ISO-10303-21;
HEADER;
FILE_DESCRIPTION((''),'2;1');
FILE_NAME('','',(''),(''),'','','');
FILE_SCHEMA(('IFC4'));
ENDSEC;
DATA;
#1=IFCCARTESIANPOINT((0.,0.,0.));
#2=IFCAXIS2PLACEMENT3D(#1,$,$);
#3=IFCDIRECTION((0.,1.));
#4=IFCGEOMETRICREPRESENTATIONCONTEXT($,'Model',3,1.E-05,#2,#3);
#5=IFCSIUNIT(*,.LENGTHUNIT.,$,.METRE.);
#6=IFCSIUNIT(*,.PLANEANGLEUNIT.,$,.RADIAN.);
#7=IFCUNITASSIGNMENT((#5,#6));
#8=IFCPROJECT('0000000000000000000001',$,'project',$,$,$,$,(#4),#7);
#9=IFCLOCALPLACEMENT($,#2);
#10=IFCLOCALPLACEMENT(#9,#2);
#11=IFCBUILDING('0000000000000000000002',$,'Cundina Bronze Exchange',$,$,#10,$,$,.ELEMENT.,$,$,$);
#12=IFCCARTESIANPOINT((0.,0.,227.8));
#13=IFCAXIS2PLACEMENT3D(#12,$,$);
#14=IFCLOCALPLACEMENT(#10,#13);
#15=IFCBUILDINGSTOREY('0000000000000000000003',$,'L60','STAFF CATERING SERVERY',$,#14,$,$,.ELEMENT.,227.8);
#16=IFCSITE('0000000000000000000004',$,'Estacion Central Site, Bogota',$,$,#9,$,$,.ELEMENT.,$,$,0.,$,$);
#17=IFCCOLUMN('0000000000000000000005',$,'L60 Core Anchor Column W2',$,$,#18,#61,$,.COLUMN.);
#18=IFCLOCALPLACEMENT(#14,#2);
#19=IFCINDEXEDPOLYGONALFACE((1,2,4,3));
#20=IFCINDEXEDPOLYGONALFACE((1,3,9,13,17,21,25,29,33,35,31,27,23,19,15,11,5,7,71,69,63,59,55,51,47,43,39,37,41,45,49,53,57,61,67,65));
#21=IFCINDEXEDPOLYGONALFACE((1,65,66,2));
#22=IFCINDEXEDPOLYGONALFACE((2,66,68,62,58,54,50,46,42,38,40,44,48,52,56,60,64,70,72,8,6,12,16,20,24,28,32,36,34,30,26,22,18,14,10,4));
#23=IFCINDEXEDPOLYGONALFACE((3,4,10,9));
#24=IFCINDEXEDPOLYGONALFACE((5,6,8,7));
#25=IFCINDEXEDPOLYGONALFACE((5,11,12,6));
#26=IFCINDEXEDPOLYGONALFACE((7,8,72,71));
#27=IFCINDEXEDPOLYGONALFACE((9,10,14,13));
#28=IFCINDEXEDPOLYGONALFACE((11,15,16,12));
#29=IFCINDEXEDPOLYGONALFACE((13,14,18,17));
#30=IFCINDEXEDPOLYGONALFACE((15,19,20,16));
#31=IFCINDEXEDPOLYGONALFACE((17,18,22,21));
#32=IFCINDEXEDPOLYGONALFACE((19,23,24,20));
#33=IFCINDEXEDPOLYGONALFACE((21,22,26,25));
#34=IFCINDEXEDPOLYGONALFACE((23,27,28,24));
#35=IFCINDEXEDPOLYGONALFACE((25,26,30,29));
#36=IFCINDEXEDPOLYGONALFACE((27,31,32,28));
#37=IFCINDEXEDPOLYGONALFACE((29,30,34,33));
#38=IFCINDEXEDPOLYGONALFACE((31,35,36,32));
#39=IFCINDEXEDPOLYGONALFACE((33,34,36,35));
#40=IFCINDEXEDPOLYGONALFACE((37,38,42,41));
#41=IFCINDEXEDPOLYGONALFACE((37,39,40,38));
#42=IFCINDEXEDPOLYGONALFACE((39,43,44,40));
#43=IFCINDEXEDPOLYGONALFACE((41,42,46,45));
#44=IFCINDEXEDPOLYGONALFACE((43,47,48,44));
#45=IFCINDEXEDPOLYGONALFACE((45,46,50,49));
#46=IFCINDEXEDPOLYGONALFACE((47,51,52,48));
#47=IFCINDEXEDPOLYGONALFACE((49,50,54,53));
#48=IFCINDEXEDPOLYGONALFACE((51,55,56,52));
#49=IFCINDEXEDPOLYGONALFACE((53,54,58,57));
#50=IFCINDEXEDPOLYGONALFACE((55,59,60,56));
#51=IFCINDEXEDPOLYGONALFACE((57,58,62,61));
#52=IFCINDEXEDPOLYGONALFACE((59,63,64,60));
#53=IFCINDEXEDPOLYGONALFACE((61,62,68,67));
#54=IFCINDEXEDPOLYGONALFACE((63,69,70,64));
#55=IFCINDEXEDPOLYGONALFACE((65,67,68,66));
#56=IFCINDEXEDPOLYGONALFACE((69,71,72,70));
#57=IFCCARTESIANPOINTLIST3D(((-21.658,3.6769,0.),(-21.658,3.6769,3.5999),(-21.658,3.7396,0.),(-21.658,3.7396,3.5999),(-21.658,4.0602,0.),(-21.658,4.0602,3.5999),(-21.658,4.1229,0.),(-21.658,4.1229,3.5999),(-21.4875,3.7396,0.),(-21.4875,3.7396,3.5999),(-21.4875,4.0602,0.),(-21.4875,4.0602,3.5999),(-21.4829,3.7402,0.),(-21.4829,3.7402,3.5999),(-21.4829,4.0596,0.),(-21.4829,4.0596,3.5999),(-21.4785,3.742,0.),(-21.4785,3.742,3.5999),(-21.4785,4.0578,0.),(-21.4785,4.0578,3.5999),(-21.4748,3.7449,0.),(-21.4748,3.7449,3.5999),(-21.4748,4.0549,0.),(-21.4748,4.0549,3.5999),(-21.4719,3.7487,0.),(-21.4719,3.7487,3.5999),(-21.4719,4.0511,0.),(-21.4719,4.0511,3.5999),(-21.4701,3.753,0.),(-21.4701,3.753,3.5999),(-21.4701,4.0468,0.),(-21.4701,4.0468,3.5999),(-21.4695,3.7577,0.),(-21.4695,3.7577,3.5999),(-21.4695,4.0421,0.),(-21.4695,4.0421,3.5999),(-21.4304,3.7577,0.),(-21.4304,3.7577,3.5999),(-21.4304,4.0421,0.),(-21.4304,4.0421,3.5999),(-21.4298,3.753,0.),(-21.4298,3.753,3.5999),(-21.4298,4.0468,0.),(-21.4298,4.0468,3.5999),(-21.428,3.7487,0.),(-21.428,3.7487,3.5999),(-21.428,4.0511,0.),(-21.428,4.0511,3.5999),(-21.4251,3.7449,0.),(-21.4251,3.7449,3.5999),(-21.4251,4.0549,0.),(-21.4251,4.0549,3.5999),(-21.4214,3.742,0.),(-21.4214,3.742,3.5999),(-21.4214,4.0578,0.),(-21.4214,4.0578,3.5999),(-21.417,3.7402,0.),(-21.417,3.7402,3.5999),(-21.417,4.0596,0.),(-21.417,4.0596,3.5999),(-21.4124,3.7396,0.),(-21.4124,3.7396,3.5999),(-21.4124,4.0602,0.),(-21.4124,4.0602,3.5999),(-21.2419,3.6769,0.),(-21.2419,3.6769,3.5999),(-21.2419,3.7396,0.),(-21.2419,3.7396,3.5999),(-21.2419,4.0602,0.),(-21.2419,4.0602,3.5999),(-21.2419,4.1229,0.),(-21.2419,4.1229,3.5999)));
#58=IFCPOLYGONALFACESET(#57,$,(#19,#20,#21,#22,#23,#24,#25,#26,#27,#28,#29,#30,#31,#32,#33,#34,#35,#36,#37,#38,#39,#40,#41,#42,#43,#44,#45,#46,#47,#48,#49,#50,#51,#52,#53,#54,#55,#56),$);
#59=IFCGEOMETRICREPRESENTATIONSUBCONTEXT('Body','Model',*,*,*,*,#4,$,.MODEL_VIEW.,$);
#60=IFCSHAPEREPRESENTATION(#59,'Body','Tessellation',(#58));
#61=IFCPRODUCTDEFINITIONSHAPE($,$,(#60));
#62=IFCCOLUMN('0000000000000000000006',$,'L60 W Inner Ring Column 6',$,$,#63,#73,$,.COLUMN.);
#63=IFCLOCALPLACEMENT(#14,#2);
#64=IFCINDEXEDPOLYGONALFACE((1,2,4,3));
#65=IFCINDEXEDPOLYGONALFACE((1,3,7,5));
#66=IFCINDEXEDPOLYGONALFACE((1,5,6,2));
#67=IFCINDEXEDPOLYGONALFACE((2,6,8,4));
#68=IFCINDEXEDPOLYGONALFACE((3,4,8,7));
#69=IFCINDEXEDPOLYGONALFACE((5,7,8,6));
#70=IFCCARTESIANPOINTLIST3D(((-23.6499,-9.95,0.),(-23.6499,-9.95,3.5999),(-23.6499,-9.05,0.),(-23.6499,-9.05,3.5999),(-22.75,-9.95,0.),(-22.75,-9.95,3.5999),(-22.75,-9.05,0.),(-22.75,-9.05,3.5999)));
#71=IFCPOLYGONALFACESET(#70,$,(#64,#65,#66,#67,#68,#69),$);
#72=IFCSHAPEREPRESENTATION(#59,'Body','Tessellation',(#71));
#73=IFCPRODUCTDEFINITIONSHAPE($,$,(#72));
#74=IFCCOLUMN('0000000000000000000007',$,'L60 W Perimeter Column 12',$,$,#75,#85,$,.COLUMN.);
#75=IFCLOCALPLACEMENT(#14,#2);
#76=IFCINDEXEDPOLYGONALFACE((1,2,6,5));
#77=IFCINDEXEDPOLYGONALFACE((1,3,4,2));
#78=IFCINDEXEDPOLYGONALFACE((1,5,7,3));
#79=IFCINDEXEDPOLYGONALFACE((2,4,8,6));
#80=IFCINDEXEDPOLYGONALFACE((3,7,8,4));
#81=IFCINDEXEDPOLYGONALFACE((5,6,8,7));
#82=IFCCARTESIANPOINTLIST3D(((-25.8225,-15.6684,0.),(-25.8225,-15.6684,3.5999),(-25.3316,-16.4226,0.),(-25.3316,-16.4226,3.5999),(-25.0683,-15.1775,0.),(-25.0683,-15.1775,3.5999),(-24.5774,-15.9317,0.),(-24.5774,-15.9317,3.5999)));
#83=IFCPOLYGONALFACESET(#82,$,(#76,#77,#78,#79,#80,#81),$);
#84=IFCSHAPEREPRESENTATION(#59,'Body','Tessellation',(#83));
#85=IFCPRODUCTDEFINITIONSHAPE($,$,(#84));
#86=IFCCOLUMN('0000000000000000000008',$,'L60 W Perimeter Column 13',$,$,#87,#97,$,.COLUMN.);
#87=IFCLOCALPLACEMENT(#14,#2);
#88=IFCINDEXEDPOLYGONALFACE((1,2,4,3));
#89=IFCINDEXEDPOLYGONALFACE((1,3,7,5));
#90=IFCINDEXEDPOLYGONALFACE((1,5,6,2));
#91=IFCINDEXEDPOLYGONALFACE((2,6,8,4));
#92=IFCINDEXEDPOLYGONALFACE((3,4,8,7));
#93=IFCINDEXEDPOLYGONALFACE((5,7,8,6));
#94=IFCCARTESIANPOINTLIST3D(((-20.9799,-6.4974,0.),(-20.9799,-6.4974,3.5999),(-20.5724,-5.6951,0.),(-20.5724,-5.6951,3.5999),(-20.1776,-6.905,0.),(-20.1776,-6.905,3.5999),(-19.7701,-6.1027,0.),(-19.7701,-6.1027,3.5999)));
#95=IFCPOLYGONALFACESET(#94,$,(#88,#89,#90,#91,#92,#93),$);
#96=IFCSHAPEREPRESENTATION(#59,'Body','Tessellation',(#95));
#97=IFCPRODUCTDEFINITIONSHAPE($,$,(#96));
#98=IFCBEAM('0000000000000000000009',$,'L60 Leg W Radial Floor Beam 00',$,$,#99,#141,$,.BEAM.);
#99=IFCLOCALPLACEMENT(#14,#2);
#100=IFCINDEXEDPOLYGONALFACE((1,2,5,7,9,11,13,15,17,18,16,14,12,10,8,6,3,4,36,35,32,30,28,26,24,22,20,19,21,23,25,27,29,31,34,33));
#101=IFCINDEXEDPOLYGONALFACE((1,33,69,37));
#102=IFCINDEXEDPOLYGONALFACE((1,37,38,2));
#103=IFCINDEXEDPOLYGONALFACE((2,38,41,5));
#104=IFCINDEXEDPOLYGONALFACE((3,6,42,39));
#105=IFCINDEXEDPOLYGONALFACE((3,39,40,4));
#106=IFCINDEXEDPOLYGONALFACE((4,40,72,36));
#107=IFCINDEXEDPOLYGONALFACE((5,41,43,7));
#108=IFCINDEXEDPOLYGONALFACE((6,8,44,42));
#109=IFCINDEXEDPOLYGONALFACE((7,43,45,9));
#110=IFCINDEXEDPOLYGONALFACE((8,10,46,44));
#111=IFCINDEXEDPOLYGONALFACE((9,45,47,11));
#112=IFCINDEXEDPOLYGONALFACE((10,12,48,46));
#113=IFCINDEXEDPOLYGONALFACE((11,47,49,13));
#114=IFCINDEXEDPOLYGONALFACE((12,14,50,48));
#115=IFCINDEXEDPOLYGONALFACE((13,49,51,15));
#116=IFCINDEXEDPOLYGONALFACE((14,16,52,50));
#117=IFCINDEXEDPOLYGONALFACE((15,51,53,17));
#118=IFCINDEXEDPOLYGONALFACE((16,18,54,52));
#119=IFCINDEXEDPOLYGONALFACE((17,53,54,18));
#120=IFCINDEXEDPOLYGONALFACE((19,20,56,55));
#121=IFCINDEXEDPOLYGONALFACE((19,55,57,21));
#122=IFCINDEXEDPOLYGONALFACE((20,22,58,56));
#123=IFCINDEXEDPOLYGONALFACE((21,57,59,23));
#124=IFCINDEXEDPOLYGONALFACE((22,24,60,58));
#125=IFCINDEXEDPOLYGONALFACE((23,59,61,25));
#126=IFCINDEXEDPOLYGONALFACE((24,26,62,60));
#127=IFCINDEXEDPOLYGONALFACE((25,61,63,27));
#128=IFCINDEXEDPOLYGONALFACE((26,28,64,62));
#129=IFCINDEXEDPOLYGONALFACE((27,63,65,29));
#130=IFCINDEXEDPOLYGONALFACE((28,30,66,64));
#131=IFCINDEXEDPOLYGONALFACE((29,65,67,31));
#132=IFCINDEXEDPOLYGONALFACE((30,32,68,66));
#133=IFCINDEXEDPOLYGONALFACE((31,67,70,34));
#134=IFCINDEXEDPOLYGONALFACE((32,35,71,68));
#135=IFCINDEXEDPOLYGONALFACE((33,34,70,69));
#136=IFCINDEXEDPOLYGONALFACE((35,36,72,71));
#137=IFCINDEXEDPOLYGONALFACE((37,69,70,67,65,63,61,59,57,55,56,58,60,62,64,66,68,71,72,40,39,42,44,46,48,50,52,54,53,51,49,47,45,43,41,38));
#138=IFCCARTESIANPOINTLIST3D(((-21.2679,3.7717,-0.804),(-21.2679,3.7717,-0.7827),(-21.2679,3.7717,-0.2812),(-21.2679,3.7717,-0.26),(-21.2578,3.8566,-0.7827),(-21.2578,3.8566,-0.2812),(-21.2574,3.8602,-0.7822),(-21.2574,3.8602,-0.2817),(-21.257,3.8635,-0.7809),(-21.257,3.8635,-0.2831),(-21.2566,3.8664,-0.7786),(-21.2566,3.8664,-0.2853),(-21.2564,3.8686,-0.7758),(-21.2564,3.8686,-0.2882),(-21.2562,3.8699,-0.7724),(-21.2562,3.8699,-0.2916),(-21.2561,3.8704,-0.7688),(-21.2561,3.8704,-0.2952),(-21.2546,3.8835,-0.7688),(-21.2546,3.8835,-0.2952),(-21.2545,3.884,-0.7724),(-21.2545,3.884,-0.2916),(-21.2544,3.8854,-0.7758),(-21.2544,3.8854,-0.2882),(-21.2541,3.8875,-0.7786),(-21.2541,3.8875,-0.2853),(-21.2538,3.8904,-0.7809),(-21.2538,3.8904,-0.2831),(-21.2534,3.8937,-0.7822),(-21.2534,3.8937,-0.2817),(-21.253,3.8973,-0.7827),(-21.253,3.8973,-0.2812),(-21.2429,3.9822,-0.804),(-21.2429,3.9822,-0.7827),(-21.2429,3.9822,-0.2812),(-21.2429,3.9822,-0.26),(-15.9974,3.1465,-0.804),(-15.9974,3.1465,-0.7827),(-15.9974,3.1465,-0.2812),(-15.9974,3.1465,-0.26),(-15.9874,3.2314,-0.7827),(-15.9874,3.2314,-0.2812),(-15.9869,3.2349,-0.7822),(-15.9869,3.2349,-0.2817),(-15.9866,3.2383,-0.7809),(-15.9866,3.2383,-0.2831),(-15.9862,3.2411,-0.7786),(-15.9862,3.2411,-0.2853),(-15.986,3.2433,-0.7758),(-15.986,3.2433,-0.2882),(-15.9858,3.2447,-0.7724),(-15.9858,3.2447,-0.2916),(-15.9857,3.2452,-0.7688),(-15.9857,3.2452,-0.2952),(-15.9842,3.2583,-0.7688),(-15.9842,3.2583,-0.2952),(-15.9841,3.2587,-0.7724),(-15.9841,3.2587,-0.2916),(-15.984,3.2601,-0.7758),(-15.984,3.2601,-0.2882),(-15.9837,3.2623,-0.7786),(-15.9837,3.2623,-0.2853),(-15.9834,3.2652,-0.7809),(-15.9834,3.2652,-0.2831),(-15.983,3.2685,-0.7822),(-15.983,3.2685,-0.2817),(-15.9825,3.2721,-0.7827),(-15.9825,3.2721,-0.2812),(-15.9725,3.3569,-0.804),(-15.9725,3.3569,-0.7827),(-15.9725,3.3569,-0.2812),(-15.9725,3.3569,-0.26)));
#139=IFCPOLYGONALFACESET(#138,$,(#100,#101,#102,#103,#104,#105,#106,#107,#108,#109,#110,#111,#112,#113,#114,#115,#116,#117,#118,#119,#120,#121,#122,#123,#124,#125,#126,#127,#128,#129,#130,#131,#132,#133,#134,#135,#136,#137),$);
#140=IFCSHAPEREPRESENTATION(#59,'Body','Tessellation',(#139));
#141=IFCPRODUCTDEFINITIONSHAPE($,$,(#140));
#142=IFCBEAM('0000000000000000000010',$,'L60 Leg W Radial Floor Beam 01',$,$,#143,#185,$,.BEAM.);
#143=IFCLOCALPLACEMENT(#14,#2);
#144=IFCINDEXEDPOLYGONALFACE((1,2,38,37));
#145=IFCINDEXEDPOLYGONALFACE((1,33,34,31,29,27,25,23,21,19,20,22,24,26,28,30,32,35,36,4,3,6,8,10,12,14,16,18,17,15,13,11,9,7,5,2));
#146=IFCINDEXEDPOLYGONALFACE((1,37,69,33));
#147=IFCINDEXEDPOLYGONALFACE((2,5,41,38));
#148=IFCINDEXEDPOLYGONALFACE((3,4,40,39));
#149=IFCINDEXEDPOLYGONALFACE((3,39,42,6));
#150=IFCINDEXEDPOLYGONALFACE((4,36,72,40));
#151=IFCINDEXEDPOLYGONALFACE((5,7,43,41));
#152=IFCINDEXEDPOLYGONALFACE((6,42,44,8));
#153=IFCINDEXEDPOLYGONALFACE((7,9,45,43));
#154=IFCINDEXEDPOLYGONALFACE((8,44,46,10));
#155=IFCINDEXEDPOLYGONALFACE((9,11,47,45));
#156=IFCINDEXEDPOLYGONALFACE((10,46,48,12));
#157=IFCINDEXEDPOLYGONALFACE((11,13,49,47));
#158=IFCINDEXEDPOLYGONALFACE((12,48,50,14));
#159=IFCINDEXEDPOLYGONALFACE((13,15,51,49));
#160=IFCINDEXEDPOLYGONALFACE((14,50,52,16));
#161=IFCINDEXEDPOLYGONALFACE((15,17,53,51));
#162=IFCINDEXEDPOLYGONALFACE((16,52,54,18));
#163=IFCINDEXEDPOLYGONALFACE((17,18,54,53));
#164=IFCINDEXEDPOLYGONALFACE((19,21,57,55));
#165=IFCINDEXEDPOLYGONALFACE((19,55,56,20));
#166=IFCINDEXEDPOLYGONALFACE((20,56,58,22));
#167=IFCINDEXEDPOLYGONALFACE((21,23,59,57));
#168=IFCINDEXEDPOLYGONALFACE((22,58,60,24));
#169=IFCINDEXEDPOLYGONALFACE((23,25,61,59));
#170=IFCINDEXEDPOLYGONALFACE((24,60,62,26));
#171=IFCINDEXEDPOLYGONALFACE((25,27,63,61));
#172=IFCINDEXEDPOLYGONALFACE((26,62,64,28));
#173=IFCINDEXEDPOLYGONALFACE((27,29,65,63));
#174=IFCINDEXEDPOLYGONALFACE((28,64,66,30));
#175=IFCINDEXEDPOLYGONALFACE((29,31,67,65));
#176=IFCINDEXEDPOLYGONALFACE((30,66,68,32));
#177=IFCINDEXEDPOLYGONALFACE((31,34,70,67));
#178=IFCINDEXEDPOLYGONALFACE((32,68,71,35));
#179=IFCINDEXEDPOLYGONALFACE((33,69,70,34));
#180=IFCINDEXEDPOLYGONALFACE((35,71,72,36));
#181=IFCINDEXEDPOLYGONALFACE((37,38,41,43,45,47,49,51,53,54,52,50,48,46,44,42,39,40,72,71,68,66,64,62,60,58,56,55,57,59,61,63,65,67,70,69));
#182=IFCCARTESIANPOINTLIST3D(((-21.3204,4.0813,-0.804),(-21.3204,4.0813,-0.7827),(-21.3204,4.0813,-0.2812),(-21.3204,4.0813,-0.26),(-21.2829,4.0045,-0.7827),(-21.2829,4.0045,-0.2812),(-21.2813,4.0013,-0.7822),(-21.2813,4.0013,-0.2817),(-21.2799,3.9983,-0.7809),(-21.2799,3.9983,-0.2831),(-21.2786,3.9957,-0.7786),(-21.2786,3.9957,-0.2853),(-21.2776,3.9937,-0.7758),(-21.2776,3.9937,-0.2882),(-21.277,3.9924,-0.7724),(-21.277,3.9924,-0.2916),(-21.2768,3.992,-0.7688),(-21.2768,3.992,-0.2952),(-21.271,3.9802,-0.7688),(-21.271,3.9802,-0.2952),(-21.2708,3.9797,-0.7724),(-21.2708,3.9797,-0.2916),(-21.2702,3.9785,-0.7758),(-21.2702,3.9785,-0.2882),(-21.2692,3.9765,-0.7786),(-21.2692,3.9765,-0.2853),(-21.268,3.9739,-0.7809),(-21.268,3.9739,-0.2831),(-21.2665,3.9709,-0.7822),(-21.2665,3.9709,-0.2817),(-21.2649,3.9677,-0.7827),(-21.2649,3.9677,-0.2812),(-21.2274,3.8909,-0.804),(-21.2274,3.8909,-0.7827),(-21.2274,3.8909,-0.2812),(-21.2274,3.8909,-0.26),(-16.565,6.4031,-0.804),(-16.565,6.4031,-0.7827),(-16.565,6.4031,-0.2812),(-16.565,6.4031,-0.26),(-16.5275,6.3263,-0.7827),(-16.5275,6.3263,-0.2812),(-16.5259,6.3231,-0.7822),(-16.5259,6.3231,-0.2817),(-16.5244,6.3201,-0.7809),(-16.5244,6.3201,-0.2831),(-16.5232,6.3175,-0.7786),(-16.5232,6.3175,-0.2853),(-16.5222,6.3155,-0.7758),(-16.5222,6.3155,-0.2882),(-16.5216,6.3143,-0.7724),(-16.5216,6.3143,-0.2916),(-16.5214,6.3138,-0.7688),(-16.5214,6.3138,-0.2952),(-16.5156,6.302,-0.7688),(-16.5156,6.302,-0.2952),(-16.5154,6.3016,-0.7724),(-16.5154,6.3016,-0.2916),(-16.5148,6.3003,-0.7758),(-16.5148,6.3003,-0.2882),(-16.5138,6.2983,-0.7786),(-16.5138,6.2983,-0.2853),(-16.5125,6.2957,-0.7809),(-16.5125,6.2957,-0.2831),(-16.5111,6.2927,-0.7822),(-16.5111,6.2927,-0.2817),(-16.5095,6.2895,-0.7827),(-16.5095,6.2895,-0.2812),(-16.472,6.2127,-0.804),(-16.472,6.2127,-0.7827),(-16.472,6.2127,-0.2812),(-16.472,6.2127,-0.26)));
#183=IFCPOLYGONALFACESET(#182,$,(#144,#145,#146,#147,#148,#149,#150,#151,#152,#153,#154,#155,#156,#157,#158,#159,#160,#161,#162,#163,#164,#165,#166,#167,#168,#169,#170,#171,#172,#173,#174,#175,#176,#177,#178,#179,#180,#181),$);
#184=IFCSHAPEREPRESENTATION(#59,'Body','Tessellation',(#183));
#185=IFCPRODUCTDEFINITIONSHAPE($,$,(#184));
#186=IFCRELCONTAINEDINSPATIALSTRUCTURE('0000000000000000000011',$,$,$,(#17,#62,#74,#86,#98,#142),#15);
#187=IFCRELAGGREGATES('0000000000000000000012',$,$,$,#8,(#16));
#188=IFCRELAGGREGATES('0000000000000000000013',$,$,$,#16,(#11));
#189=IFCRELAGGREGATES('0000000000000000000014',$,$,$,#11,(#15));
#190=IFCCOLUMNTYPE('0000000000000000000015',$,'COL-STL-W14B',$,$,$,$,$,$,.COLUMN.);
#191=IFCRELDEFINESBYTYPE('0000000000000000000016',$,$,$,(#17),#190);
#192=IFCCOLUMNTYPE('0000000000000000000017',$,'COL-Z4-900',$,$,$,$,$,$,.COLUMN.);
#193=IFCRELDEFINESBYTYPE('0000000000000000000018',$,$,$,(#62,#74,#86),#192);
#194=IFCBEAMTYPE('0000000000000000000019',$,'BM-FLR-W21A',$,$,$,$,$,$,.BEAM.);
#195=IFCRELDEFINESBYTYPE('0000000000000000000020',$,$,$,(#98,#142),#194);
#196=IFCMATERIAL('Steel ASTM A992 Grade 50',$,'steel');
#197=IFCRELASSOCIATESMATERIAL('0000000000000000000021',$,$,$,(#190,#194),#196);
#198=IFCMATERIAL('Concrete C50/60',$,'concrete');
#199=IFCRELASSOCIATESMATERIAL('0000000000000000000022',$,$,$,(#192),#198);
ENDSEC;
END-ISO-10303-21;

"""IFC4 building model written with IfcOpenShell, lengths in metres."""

from ifc_helpers import new_model, si_unit, direction, frame, origin, origin_2d, place, context, subcontext, project, spatial, rectangle, i_section, extrude, material, material_profile, profile_set, type_object, element, save


model = new_model("IFC4")

# Units and contexts
model_context = context("Model", 3, precision=1e-05, world=origin(), true_north=direction((0.0, 1.0)))
body_context = subcontext(model_context, "Body", "Model", "MODEL_VIEW")
ifc_project = project(units=[si_unit("LENGTHUNIT", "METRE"), si_unit("PLANEANGLEUNIT", "RADIAN")], contexts=[model_context])

# Site, building, storey
site_placement = place(None, origin())
site = spatial("IfcSite", under=ifc_project, at=site_placement, Name="Estacion Central Site, Bogota", CompositionType="ELEMENT", RefElevation=0.0)
building_placement = place(site_placement, origin())
building = spatial("IfcBuilding", under=site, at=building_placement, Name="Cundina Bronze Exchange", CompositionType="ELEMENT")
storey_placement = place(building_placement, frame((0.0, 0.0, 227.8)))
storey = spatial("IfcBuildingStorey", under=building, at=storey_placement, Name="L60", Description="STAFF CATERING SERVERY", CompositionType="ELEMENT", Elevation=227.8)

# Columns
ifc_material_1 = material(Name="Steel ASTM A992 Grade 50", Category="steel")
ifc_material_profile_1 = material_profile(ifc_material_1, i_section(OverallWidth=0.416, OverallDepth=0.446, WebThickness=0.0391, FlangeThickness=0.0627, FilletRadius=0.0181, at=origin_2d()), Name="W14X342", Category="steel")
ifc_profile_set_1 = profile_set([ifc_material_profile_1], Name="Steel ASTM A992 Grade 50")
column_type_1 = type_object("IfcColumnType", Name="COL-STL-W14B", PredefinedType="COLUMN", material=ifc_profile_set_1)
column_placement = place(storey_placement, frame((-21.45, 3.8999, 0.0), z_axis=(0.0, 0.0, 1.0), x_axis=(1.0, 0.0, 0.0)))
element("IfcColumn", 1, at=column_placement, inside=storey, type_object=column_type_1, Name="L60 Core Anchor Column W2", PredefinedType="COLUMN", context=body_context, shape_type="SweptSolid", body=[
    extrude(i_section(OverallWidth=0.416, OverallDepth=0.446, WebThickness=0.0391, FlangeThickness=0.0627, FilletRadius=0.0181, at=origin_2d()), origin(), (0.0, 0.0, 1.0), 3.5999),
])
ifc_material_2 = material(Name="Concrete C50/60", Category="concrete")
ifc_material_profile_2 = material_profile(ifc_material_2, rectangle(XDim=0.8999, YDim=0.8999, at=origin_2d()), Name="RC900X900", Category="concrete")
ifc_profile_set_2 = profile_set([ifc_material_profile_2], Name="Concrete C50/60")
column_type_2 = type_object("IfcColumnType", Name="COL-Z4-900", PredefinedType="COLUMN", material=ifc_profile_set_2)
for number, where, z_axis, x_axis, name in (
    (2, (-23.2, -9.5, 0.0), (0.0, 0.0, 1.0), (1.0, 0.0, 0.0), "L60 W Inner Ring Column 6"),
    (3, (-25.2, -15.8, 0.0), (0.0, 0.0, 1.0), (0.8381, 0.545517, 0.0), "L60 W Perimeter Column 12"),
    (4, (-20.375, -6.3, 0.0), (0.0, 0.0, 1.0), (0.452902, 0.891561, 0.0), "L60 W Perimeter Column 13"),
):
    element("IfcColumn", number, at=place(storey_placement, frame(where, z_axis=z_axis, x_axis=x_axis)), inside=storey, type_object=column_type_2, Name=name, PredefinedType="COLUMN", context=body_context, shape_type="SweptSolid", body=[
        extrude(rectangle(XDim=0.8999, YDim=0.8999, at=origin_2d()), origin(), (0.0, 0.0, 1.0), 3.5999),
    ])

# Beams
ifc_material_profile_3 = material_profile(ifc_material_1, i_section(OverallWidth=0.2119, OverallDepth=0.5439, WebThickness=0.0132, FlangeThickness=0.0212, FilletRadius=0.0139, at=origin_2d()), Name="W21X83", Category="steel")
ifc_profile_set_3 = profile_set([ifc_material_profile_3], Name="Steel ASTM A992 Grade 50")
beam_type_1 = type_object("IfcBeamType", Name="BM-FLR-W21A", PredefinedType="BEAM", material=ifc_profile_set_3)
beam_1_placement = place(storey_placement, frame((-21.2554, 3.877, -0.532), z_axis=(0.993037, -0.117805, 0.0), x_axis=(0.117805, 0.993037, 0.0)))
element("IfcBeam", 5, at=beam_1_placement, inside=storey, type_object=beam_type_1, Name="L60 Leg W Radial Floor Beam 00", PredefinedType="BEAM", context=body_context, shape_type="SweptSolid", body=[
    extrude(i_section(OverallWidth=0.2119, OverallDepth=0.5439, WebThickness=0.0132, FlangeThickness=0.0212, FilletRadius=0.0139, at=origin_2d()), origin(), (0.0, 0.0, 1.0), 5.3074),
])
beam_2_placement = place(storey_placement, frame((-21.2739, 3.9861, -0.532), z_axis=(0.898613, 0.438742, 0.0), x_axis=(-0.438742, 0.898613, 0.0)))
element("IfcBeam", 6, at=beam_2_placement, inside=storey, type_object=beam_type_1, Name="L60 Leg W Radial Floor Beam 01", PredefinedType="BEAM", context=body_context, shape_type="SweptSolid", body=[
    extrude(i_section(OverallWidth=0.2119, OverallDepth=0.5439, WebThickness=0.0132, FlangeThickness=0.0212, FilletRadius=0.0139, at=origin_2d()), origin(), (0.0, 0.0, 1.0), 5.292),
])

save(model, "model.ifc")
